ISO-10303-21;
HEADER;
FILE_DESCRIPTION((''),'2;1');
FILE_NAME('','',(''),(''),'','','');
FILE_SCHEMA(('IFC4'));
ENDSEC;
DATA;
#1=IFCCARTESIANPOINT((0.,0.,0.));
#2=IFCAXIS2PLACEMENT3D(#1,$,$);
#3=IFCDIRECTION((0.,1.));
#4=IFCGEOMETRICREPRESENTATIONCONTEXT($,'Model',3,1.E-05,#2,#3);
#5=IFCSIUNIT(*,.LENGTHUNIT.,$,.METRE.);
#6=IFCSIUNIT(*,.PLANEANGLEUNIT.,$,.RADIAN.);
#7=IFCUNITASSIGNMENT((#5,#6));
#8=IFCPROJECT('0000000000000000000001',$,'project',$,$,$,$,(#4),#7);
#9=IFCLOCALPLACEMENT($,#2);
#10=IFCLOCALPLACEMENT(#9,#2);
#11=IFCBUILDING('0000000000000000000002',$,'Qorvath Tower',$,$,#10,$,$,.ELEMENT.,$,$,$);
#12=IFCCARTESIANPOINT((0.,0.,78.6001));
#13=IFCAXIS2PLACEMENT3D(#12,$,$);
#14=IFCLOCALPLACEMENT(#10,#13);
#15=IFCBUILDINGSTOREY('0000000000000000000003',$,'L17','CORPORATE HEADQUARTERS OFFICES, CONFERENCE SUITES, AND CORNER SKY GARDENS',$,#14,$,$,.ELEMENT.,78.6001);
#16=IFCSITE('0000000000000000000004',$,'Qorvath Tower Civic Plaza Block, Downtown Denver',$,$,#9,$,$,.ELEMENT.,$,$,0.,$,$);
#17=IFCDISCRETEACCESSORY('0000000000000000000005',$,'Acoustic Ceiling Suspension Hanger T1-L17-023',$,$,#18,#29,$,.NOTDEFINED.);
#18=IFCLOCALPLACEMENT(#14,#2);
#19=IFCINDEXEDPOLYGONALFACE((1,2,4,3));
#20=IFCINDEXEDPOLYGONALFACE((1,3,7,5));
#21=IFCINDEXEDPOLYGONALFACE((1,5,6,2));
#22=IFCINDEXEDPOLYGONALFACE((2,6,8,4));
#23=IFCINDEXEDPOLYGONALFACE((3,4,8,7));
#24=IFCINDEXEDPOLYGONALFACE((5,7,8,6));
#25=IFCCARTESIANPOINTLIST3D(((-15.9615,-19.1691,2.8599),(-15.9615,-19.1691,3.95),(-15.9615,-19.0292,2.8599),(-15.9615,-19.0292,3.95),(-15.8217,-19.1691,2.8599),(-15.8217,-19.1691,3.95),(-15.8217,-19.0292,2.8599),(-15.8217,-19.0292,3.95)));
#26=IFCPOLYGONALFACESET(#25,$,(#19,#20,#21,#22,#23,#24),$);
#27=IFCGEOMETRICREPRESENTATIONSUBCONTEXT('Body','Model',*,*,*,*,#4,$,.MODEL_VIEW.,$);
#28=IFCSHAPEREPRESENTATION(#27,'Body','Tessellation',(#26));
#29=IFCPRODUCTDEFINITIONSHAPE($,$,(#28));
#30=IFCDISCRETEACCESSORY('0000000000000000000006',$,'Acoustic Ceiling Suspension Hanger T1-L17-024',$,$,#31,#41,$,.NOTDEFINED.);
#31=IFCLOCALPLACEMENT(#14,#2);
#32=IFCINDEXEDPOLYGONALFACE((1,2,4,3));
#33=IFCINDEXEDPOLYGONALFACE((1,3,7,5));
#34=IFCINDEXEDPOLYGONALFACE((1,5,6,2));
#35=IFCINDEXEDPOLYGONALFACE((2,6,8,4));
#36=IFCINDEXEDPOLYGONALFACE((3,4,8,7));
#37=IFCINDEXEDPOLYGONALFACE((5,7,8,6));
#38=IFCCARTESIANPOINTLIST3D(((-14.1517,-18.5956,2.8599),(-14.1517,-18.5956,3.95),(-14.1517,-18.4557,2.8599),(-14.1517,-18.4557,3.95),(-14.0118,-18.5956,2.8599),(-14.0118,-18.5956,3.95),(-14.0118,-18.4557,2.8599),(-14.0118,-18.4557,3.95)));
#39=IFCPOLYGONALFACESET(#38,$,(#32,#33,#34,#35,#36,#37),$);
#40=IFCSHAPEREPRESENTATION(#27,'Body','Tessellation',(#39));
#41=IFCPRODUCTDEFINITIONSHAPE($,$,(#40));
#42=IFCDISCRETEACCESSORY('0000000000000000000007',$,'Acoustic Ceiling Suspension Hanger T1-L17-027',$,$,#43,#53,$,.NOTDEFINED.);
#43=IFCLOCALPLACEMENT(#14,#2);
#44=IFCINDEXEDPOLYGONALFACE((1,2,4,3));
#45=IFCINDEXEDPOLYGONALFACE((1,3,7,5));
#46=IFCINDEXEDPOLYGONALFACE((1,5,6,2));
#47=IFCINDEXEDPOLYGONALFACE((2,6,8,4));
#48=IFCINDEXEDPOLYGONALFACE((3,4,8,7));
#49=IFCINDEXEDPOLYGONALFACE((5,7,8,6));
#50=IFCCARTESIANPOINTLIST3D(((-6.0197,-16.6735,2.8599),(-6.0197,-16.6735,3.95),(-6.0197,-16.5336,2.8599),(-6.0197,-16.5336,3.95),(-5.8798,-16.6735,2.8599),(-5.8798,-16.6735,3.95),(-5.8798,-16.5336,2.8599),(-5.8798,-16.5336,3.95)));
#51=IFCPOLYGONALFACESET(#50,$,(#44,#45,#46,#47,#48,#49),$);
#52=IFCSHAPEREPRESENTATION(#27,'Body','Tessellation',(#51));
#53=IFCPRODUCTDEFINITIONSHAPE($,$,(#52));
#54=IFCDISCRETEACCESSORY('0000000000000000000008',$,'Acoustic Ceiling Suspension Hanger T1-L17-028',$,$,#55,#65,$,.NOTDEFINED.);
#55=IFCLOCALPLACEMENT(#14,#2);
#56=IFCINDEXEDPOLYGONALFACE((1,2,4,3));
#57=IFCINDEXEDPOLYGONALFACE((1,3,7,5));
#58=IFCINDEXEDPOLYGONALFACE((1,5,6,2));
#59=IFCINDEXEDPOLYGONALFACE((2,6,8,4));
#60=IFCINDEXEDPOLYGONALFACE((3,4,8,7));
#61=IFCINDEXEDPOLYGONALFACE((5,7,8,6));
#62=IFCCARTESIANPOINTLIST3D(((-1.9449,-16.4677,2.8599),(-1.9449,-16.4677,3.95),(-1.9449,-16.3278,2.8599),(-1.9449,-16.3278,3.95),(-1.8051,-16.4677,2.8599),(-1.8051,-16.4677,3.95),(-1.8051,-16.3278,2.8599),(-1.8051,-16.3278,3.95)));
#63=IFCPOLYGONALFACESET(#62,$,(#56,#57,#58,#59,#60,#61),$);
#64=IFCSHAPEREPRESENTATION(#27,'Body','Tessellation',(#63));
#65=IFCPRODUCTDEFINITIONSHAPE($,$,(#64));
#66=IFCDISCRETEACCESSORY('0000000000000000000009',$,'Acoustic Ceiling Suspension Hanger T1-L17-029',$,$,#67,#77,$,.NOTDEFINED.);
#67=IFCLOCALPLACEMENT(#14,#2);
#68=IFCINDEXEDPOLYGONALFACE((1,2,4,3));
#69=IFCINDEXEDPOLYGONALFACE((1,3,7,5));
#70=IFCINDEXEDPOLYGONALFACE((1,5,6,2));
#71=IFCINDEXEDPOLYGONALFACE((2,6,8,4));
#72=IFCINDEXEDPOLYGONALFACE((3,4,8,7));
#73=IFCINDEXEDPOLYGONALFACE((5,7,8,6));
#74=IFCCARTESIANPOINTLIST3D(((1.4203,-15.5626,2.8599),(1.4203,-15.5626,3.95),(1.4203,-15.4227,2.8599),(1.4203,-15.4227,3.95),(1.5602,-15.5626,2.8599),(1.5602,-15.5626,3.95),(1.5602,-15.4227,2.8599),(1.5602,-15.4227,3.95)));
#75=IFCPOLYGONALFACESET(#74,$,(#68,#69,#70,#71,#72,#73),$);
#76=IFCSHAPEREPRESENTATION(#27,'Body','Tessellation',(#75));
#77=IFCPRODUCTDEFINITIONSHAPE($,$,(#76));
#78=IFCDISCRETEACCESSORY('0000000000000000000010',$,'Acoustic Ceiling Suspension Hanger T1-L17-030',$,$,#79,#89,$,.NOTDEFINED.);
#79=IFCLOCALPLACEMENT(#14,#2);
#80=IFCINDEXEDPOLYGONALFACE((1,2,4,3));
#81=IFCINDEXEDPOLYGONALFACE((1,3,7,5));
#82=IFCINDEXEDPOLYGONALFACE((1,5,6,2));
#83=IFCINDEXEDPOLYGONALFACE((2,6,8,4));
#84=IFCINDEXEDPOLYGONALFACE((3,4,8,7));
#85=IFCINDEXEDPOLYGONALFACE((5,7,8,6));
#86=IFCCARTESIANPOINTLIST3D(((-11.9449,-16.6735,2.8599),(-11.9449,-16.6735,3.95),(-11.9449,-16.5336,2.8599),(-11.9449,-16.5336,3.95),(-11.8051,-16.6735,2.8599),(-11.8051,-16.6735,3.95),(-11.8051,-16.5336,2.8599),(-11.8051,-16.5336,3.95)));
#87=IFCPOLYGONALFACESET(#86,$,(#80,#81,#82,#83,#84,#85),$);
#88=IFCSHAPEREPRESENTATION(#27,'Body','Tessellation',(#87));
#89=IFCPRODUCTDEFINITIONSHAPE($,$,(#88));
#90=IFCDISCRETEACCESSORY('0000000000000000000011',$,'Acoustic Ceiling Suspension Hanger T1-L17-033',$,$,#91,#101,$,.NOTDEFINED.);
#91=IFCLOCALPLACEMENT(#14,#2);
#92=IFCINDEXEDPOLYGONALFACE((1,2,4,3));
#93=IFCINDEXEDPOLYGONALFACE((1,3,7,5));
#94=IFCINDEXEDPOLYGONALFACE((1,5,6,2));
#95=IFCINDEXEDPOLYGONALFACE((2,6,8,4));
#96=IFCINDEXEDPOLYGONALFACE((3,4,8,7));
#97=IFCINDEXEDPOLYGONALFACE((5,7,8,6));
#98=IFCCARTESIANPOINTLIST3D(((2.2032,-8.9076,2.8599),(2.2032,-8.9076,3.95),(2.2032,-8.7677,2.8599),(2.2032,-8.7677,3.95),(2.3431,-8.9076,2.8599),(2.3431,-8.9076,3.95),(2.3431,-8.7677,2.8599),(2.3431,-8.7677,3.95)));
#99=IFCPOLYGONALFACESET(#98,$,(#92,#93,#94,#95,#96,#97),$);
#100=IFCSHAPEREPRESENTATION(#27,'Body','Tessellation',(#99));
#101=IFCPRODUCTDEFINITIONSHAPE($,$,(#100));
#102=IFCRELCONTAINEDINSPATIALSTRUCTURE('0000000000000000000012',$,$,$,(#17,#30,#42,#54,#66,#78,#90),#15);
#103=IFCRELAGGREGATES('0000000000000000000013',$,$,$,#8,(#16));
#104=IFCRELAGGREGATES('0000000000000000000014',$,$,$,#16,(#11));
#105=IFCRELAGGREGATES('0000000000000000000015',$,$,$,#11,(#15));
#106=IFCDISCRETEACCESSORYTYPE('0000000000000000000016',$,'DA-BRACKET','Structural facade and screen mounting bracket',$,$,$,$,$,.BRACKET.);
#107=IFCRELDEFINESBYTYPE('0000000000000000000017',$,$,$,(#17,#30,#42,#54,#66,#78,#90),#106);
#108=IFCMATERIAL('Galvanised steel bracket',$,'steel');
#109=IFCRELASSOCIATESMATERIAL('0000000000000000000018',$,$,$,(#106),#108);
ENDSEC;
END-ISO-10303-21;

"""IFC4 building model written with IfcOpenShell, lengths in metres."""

from ifc_helpers import new_model, si_unit, direction, frame, origin, origin_2d, place, context, subcontext, project, spatial, rectangle, extrude, material, type_object, element, save


model = new_model("IFC4")

# Units and contexts
model_context = context("Model", 3, precision=1e-05, world=origin(), true_north=direction((0.0, 1.0)))
body_context = subcontext(model_context, "Body", "Model", "MODEL_VIEW")
ifc_project = project(units=[si_unit("LENGTHUNIT", "METRE"), si_unit("PLANEANGLEUNIT", "RADIAN")], contexts=[model_context])

# Site, building, storey
site_placement = place(None, origin())
site = spatial("IfcSite", under=ifc_project, at=site_placement, Name="Qorvath Tower Civic Plaza Block, Downtown Denver", CompositionType="ELEMENT", RefElevation=0.0)
building_placement = place(site_placement, origin())
building = spatial("IfcBuilding", under=site, at=building_placement, Name="Qorvath Tower", CompositionType="ELEMENT")
storey_placement = place(building_placement, frame((0.0, 0.0, 78.6001)))
storey = spatial("IfcBuildingStorey", under=building, at=storey_placement, Name="L17", Description="CORPORATE HEADQUARTERS OFFICES, CONFERENCE SUITES, AND CORNER SKY GARDENS", CompositionType="ELEMENT", Elevation=78.6001)

# Discrete accessories
ifc_material_1 = material(Name="Galvanised steel bracket", Category="steel")
discrete_accessory_type = type_object("IfcDiscreteAccessoryType", Name="DA-BRACKET", Description="Structural facade and screen mounting bracket", PredefinedType="BRACKET", material=ifc_material_1)
for number, where, z_axis, x_axis, name in (
    (1, (-15.8916, -19.0991, 2.8599), (0.0, 0.0, 1.0), (1.0, 0.0, 0.0), "Acoustic Ceiling Suspension Hanger T1-L17-023"),
    (2, (-14.0818, -18.5256, 2.8599), (0.0, 0.0, 1.0), (1.0, 0.0, 0.0), "Acoustic Ceiling Suspension Hanger T1-L17-024"),
    (3, (-5.9497, -16.6035, 2.8599), (0.0, 0.0, 1.0), (1.0, 0.0, 0.0), "Acoustic Ceiling Suspension Hanger T1-L17-027"),
    (4, (-1.875, -16.3977, 2.8599), (0.0, 0.0, 1.0), (1.0, 0.0, 0.0), "Acoustic Ceiling Suspension Hanger T1-L17-028"),
    (5, (1.4902, -15.4927, 2.8599), (0.0, 0.0, 1.0), (1.0, 0.0, 0.0), "Acoustic Ceiling Suspension Hanger T1-L17-029"),
    (6, (-11.875, -16.6035, 2.8599), (0.0, 0.0, 1.0), (1.0, 0.0, 0.0), "Acoustic Ceiling Suspension Hanger T1-L17-030"),
    (7, (2.2732, -8.8376, 2.8599), (0.0, 0.0, 1.0), (1.0, 0.0, 0.0), "Acoustic Ceiling Suspension Hanger T1-L17-033"),
):
    element("IfcDiscreteAccessory", number, at=place(storey_placement, frame(where, z_axis=z_axis, x_axis=x_axis)), inside=storey, type_object=discrete_accessory_type, Name=name, PredefinedType="NOTDEFINED", context=body_context, shape_type="SweptSolid", body=[
        extrude(rectangle(XDim=0.1399, YDim=0.1399, at=origin_2d()), origin(), (0.0, 0.0, 1.0), 1.0901),
    ])

save(model, "model.ifc")
